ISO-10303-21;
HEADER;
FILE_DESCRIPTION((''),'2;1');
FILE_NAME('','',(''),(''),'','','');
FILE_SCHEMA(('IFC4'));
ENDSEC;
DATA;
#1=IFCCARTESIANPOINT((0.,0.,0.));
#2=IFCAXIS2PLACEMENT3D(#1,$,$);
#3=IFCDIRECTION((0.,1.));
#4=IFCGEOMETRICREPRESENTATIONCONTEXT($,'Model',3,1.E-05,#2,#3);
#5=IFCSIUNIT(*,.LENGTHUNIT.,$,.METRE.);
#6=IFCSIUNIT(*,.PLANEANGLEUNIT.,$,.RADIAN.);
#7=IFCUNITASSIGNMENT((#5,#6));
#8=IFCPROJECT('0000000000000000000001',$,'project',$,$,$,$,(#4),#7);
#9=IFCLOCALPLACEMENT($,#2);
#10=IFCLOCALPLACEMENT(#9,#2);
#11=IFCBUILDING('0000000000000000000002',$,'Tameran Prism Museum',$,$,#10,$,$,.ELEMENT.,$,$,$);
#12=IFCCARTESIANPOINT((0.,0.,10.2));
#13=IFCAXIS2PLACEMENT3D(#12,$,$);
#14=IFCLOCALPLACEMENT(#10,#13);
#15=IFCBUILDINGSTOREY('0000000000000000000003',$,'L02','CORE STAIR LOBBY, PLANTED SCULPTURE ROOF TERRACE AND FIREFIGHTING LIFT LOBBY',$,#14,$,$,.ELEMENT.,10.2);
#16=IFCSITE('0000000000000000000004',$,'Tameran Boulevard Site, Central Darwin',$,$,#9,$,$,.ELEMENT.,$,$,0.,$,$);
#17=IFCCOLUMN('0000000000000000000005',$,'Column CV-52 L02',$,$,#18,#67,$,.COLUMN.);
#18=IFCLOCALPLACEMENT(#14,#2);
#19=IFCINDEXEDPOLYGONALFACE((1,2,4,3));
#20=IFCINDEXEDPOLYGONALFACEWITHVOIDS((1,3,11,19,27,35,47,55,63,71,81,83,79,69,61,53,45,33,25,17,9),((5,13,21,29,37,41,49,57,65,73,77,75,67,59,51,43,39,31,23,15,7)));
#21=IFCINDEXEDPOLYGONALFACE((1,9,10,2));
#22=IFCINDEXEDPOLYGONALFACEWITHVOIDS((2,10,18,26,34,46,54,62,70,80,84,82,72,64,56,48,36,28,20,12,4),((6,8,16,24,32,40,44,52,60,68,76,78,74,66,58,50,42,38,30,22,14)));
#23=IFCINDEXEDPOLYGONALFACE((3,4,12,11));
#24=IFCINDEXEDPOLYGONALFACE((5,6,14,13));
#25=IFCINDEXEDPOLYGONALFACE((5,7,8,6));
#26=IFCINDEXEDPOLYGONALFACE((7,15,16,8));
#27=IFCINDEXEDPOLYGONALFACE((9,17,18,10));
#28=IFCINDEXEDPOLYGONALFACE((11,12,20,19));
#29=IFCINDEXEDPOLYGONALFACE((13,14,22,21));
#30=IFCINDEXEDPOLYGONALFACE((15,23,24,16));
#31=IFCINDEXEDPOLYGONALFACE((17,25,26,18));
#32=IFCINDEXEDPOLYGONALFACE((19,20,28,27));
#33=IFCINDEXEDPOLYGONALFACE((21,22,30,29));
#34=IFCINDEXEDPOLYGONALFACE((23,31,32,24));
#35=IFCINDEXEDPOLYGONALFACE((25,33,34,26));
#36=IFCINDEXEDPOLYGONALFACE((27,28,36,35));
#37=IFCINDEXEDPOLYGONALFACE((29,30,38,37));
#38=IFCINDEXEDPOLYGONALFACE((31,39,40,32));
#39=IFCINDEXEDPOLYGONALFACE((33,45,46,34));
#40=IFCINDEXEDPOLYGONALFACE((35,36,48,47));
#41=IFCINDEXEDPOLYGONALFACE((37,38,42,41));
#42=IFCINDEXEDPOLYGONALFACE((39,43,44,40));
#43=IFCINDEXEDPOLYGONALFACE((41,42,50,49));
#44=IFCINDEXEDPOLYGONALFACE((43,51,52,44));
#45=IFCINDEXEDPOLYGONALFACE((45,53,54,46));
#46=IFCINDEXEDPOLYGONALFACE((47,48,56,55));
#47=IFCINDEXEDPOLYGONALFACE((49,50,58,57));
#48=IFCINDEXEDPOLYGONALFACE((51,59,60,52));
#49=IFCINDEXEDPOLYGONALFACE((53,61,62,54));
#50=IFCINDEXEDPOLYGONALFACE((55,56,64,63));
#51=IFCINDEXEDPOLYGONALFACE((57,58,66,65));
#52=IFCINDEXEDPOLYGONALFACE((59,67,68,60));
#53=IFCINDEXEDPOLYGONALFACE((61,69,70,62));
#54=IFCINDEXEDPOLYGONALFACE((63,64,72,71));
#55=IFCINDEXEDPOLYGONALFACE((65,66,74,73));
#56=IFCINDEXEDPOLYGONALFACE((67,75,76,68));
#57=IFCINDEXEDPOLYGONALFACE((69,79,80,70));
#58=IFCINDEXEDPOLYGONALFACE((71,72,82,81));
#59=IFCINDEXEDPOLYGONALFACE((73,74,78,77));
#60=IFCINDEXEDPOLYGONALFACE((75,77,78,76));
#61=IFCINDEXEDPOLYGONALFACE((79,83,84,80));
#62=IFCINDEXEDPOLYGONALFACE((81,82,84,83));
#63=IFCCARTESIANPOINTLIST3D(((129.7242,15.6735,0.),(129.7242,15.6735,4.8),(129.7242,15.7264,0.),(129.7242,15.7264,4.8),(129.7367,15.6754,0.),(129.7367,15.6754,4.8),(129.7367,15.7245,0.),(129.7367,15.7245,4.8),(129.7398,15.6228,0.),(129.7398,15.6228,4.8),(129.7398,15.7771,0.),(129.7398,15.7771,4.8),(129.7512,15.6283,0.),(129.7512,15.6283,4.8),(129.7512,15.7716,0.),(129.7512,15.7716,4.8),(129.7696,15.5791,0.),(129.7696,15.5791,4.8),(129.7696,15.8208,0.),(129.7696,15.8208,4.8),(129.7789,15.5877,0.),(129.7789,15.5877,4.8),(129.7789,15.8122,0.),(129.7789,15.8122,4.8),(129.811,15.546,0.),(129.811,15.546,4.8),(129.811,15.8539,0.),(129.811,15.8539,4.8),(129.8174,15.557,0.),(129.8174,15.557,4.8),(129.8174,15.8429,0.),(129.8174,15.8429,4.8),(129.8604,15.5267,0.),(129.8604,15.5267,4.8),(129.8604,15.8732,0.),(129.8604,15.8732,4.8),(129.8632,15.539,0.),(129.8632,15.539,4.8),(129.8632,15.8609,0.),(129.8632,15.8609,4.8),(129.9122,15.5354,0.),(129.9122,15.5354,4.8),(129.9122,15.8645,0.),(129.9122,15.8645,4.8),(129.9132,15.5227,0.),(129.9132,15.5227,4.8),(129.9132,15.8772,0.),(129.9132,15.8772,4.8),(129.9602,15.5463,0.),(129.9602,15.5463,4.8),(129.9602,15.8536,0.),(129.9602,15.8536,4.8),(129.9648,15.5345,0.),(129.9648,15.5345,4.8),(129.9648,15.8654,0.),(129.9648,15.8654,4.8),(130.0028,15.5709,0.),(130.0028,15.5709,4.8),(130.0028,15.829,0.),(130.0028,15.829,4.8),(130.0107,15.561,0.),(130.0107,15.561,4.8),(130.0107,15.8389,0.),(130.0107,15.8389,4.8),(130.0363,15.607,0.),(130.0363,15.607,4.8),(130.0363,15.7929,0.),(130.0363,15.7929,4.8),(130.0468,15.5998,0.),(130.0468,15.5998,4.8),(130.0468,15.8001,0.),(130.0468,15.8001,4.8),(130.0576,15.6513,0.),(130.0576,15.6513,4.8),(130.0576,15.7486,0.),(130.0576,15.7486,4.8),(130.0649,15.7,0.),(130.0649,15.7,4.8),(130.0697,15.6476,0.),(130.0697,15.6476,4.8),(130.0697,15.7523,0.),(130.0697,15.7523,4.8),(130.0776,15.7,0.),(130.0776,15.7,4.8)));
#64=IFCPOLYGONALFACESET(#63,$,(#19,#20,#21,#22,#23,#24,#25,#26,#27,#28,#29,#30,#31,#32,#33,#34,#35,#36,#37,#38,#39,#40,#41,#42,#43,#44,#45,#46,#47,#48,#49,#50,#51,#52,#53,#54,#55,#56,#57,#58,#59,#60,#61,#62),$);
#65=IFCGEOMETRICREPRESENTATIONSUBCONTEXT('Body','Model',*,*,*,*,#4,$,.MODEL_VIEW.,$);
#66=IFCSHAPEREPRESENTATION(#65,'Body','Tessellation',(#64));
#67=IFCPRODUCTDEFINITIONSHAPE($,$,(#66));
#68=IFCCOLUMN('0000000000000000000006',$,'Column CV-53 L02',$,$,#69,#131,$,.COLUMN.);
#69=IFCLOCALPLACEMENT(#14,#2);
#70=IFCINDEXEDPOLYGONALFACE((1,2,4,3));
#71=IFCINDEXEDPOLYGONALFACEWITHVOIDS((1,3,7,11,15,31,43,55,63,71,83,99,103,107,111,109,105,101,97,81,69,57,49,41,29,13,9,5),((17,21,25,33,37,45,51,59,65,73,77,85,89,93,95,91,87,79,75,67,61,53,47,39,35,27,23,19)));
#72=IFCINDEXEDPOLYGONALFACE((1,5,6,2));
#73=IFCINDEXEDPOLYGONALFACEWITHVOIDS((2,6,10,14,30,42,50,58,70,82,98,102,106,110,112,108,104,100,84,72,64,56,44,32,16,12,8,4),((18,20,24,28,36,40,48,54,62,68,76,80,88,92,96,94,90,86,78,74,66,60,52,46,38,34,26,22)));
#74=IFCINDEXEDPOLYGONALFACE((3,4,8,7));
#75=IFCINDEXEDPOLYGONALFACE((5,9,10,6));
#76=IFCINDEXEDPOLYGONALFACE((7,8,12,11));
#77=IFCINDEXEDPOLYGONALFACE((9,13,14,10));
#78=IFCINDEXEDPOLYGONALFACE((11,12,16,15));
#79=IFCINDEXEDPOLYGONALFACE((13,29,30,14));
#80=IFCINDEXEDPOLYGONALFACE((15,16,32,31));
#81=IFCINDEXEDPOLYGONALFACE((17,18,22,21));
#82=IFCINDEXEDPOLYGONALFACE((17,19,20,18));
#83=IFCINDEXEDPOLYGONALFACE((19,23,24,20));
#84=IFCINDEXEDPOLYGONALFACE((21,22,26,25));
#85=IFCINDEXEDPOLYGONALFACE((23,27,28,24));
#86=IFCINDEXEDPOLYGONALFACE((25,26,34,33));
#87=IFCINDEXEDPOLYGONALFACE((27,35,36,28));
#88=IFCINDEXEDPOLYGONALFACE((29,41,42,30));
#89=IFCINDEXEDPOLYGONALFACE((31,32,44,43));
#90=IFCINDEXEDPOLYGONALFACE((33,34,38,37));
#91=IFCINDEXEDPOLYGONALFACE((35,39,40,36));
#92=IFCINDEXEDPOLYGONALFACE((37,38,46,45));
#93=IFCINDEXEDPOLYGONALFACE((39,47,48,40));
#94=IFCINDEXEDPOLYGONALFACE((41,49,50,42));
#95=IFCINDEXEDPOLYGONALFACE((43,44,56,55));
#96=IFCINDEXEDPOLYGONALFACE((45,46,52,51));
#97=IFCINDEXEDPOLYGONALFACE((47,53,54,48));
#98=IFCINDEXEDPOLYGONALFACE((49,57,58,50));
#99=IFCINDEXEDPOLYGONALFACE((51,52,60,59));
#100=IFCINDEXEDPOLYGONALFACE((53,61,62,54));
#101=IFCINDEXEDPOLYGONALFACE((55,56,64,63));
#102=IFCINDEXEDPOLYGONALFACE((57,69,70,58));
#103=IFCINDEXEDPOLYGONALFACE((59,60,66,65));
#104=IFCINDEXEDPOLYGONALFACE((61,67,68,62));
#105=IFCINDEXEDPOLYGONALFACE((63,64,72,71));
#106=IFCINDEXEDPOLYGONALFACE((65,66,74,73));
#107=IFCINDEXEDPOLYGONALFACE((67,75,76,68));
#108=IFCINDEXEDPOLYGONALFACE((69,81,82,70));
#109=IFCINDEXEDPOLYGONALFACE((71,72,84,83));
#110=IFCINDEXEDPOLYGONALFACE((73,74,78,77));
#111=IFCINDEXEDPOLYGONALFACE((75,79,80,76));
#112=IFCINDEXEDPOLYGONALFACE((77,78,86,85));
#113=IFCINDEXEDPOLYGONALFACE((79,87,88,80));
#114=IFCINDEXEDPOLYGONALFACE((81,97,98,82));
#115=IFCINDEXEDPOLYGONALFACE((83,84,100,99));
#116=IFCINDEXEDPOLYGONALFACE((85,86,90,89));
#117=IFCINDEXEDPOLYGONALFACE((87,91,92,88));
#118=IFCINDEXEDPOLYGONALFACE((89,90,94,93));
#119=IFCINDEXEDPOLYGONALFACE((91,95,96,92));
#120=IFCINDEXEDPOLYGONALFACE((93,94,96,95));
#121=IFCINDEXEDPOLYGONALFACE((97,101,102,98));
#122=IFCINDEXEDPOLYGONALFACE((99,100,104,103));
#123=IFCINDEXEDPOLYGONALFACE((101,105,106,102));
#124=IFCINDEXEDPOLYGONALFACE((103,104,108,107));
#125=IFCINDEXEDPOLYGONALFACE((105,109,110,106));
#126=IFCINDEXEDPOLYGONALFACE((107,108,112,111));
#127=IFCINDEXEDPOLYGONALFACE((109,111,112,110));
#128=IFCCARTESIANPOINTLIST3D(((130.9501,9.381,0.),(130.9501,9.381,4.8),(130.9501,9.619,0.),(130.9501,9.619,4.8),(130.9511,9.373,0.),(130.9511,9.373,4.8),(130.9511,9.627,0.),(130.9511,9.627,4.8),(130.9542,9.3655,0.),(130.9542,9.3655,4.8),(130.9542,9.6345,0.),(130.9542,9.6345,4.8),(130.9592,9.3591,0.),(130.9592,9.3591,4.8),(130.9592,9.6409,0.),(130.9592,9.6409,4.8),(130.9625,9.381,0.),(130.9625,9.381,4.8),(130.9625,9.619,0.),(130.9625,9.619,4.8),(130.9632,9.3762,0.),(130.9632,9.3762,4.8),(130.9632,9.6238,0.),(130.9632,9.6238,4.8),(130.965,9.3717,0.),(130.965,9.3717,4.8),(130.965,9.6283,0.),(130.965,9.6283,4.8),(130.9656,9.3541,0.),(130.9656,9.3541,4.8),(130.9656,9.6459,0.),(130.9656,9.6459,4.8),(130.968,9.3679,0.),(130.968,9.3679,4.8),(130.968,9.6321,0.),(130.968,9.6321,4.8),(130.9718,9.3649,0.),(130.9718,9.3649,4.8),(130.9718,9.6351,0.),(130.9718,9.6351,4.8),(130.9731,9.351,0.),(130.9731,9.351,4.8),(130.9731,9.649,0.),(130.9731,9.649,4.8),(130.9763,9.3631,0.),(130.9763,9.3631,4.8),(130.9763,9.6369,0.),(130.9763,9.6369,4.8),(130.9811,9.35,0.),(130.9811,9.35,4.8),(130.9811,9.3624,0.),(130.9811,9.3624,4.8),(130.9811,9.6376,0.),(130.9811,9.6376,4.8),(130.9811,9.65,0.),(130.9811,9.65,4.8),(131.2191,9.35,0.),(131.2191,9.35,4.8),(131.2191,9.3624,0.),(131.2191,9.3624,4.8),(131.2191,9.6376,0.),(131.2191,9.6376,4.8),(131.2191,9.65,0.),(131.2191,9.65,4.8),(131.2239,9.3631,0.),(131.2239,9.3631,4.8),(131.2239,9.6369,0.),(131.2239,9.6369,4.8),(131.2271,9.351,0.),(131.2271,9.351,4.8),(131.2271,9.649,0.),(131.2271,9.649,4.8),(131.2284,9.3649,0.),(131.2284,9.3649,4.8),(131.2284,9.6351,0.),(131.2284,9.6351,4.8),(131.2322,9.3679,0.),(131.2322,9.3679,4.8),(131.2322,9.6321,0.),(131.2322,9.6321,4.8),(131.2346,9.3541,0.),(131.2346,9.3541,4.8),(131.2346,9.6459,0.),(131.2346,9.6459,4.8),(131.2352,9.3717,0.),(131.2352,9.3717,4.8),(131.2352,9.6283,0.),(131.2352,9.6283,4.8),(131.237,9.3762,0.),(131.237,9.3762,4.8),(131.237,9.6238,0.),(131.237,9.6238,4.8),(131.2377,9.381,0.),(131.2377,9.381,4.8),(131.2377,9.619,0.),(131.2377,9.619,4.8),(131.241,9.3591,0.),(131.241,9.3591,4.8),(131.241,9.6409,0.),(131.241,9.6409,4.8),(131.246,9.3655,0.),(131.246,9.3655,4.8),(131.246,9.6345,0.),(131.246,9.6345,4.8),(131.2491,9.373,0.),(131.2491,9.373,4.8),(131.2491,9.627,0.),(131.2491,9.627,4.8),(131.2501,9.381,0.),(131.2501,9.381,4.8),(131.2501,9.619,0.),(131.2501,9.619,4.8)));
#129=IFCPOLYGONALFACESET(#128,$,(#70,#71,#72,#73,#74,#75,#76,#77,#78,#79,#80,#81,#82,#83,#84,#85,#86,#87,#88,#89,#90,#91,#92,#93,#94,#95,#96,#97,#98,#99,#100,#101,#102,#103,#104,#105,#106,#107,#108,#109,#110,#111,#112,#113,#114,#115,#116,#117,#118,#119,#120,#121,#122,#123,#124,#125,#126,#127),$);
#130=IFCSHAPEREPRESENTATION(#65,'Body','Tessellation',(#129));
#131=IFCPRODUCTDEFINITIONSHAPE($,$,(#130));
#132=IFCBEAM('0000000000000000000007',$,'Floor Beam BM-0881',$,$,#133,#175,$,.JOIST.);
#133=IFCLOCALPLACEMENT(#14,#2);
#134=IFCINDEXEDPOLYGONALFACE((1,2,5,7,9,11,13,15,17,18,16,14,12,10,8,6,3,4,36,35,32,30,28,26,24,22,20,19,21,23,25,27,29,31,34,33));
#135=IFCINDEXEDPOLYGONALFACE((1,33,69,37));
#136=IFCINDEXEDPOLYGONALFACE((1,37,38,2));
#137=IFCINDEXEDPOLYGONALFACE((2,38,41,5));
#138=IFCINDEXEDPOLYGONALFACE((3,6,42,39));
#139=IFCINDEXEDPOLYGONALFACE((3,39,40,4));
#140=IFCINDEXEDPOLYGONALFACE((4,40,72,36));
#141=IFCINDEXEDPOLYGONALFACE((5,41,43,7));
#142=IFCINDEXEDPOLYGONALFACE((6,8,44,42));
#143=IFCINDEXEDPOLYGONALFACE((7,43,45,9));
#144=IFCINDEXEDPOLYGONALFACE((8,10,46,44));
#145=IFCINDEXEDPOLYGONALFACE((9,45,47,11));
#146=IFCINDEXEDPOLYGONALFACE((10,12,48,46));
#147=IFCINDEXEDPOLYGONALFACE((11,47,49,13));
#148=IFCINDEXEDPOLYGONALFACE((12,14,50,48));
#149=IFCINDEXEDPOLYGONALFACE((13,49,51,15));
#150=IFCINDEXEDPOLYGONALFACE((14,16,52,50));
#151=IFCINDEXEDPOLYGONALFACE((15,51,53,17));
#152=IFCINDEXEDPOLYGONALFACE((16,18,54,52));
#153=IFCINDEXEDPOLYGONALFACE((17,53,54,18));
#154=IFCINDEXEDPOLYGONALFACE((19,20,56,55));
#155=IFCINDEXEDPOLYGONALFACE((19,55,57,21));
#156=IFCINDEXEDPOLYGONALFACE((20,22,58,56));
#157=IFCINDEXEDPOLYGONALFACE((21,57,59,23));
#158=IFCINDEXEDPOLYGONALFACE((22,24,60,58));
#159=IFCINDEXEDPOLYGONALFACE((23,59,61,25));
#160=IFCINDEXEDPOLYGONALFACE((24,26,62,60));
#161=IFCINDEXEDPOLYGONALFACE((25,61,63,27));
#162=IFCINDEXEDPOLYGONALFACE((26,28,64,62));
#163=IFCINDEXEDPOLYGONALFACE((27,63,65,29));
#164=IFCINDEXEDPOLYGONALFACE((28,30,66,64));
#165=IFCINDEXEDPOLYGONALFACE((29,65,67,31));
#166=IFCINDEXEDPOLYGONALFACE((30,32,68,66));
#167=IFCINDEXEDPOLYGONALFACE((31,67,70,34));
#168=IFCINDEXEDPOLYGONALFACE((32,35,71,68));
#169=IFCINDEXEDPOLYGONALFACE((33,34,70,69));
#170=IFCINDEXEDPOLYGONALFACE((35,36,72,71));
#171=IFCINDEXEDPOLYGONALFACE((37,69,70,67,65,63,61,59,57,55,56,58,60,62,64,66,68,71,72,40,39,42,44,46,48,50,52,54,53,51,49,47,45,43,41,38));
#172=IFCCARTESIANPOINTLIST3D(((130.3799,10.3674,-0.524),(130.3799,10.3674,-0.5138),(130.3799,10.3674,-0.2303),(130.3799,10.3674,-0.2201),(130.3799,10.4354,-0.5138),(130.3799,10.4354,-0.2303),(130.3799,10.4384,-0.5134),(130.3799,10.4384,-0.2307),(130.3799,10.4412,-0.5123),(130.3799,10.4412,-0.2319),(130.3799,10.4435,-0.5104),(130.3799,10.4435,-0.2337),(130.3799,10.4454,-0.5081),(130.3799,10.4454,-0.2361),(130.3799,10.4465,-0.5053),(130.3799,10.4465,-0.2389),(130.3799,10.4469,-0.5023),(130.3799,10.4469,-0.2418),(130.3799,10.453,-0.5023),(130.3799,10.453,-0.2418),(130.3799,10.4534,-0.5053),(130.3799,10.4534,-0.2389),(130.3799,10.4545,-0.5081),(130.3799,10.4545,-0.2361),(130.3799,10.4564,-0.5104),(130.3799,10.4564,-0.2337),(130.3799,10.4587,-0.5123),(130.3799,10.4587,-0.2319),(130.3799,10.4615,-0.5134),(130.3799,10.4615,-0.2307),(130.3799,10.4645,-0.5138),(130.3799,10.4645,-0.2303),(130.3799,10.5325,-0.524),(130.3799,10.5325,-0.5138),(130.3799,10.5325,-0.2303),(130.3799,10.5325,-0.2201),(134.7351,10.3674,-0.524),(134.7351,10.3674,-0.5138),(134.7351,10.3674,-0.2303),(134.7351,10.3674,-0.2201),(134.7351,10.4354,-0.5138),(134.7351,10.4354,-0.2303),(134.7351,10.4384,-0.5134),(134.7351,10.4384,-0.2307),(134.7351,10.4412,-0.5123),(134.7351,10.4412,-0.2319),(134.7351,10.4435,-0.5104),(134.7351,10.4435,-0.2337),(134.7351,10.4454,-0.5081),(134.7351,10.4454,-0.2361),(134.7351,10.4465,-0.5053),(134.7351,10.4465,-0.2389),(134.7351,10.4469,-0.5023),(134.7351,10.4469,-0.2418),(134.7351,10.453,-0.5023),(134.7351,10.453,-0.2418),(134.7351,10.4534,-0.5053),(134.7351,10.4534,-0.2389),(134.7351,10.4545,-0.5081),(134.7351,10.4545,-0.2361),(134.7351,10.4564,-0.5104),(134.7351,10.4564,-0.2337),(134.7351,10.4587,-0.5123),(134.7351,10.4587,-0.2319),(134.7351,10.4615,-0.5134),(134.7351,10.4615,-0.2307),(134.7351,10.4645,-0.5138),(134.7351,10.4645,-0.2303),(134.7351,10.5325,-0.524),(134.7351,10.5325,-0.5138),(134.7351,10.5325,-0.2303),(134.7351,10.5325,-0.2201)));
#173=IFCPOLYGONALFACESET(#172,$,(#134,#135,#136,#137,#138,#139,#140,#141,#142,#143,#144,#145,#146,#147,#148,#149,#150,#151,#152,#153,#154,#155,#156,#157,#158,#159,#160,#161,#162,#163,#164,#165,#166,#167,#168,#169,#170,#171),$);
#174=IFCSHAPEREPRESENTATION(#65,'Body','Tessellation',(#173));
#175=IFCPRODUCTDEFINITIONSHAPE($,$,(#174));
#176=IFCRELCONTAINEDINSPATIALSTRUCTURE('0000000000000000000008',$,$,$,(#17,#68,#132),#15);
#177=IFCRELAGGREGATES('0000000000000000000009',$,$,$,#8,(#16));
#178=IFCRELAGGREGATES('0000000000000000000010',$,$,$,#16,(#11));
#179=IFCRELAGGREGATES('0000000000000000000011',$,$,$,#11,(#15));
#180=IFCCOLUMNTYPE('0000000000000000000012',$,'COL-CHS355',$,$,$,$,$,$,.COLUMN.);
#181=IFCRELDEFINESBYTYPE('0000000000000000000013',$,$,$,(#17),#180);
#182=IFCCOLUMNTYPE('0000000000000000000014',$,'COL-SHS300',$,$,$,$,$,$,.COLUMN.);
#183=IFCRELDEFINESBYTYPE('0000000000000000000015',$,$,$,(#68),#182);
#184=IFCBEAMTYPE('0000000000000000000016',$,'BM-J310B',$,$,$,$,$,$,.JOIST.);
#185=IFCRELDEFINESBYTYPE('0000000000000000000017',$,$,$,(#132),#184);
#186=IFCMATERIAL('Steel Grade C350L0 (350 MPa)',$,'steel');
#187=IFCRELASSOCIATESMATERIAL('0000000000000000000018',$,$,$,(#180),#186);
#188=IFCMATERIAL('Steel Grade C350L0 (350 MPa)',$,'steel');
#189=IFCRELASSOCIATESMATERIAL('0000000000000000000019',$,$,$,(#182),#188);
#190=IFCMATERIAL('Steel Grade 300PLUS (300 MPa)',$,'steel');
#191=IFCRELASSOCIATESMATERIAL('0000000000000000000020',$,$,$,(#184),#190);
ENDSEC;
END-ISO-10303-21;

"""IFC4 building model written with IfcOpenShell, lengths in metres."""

from ifc_helpers import new_model, si_unit, direction, frame, origin, origin_2d, place, context, subcontext, project, spatial, hollow_rectangle, hollow_circle, i_section, extrude, material, material_profile, profile_set, type_object, element, save


model = new_model("IFC4")

# Units and contexts
model_context = context("Model", 3, precision=1e-05, world=origin(), true_north=direction((0.0, 1.0)))
body_context = subcontext(model_context, "Body", "Model", "MODEL_VIEW")
ifc_project = project(units=[si_unit("LENGTHUNIT", "METRE"), si_unit("PLANEANGLEUNIT", "RADIAN")], contexts=[model_context])

# Site, building, storey
site_placement = place(None, origin())
site = spatial("IfcSite", under=ifc_project, at=site_placement, Name="Tameran Boulevard Site, Central Darwin", CompositionType="ELEMENT", RefElevation=0.0)
building_placement = place(site_placement, origin())
building = spatial("IfcBuilding", under=site, at=building_placement, Name="Tameran Prism Museum", CompositionType="ELEMENT")
storey_placement = place(building_placement, frame((0.0, 0.0, 10.2)))
storey = spatial("IfcBuildingStorey", under=building, at=storey_placement, Name="L02", Description="CORE STAIR LOBBY, PLANTED SCULPTURE ROOF TERRACE AND FIREFIGHTING LIFT LOBBY", CompositionType="ELEMENT", Elevation=10.2)

# Columns
ifc_material_1 = material(Name="Steel Grade C350L0 (350 MPa)", Category="steel")
ifc_material_profile_1 = material_profile(ifc_material_1, hollow_circle(Radius=0.1777, WallThickness=0.0127, at=origin_2d()))
ifc_profile_set_1 = profile_set([ifc_material_profile_1])
column_type_1 = type_object("IfcColumnType", Name="COL-CHS355", PredefinedType="COLUMN", material=ifc_profile_set_1)
column_1_placement = place(storey_placement, frame((129.8999, 15.7, 0.0), z_axis=(0.0, 0.0, 1.0), x_axis=(1.0, 0.0, 0.0)))
element("IfcColumn", 1, at=column_1_placement, inside=storey, type_object=column_type_1, Name="Column CV-52 L02", PredefinedType="COLUMN", context=body_context, shape_type="SweptSolid", body=[
    extrude(hollow_circle(Radius=0.1777, WallThickness=0.0127, at=origin_2d()), origin(), (0.0, 0.0, 1.0), 4.8),
])
ifc_material_2 = material(Name="Steel Grade C350L0 (350 MPa)", Category="steel")
ifc_material_profile_2 = material_profile(ifc_material_2, hollow_rectangle(XDim=0.3, YDim=0.3, WallThickness=0.0125, InnerFilletRadius=0.0186, OuterFilletRadius=0.031, at=origin_2d()))
ifc_profile_set_2 = profile_set([ifc_material_profile_2])
column_type_2 = type_object("IfcColumnType", Name="COL-SHS300", PredefinedType="COLUMN", material=ifc_profile_set_2)
column_2_placement = place(storey_placement, frame((131.1001, 9.5, 0.0), z_axis=(0.0, 0.0, 1.0), x_axis=(1.0, 0.0, 0.0)))
element("IfcColumn", 2, at=column_2_placement, inside=storey, type_object=column_type_2, Name="Column CV-53 L02", PredefinedType="COLUMN", context=body_context, shape_type="SweptSolid", body=[
    extrude(hollow_rectangle(XDim=0.3, YDim=0.3, WallThickness=0.0125, InnerFilletRadius=0.0186, OuterFilletRadius=0.031, at=origin_2d()), origin(), (0.0, 0.0, 1.0), 4.8),
])

# Beam
ifc_material_3 = material(Name="Steel Grade 300PLUS (300 MPa)", Category="steel")
ifc_material_profile_3 = material_profile(ifc_material_3, i_section(OverallWidth=0.165, OverallDepth=0.304, WebThickness=0.0061, FlangeThickness=0.0103, FilletRadius=0.0115, at=origin_2d()))
ifc_profile_set_3 = profile_set([ifc_material_profile_3])
beam_type_1 = type_object("IfcBeamType", Name="BM-J310B", PredefinedType="JOIST", material=ifc_profile_set_3)
beam_1_placement = place(storey_placement, frame((130.3799, 10.45, -0.3721), z_axis=(1.0, 0.0, 0.0), x_axis=(0.0, 1.0, 0.0)))
element("IfcBeam", 3, at=beam_1_placement, inside=storey, type_object=beam_type_1, Name="Floor Beam BM-0881", PredefinedType="JOIST", context=body_context, shape_type="SweptSolid", body=[
    extrude(i_section(OverallWidth=0.165, OverallDepth=0.304, WebThickness=0.0061, FlangeThickness=0.0103, FilletRadius=0.0115, at=origin_2d()), origin(), (0.0, 0.0, 1.0), 4.3552),
])

save(model, "model.ifc")
